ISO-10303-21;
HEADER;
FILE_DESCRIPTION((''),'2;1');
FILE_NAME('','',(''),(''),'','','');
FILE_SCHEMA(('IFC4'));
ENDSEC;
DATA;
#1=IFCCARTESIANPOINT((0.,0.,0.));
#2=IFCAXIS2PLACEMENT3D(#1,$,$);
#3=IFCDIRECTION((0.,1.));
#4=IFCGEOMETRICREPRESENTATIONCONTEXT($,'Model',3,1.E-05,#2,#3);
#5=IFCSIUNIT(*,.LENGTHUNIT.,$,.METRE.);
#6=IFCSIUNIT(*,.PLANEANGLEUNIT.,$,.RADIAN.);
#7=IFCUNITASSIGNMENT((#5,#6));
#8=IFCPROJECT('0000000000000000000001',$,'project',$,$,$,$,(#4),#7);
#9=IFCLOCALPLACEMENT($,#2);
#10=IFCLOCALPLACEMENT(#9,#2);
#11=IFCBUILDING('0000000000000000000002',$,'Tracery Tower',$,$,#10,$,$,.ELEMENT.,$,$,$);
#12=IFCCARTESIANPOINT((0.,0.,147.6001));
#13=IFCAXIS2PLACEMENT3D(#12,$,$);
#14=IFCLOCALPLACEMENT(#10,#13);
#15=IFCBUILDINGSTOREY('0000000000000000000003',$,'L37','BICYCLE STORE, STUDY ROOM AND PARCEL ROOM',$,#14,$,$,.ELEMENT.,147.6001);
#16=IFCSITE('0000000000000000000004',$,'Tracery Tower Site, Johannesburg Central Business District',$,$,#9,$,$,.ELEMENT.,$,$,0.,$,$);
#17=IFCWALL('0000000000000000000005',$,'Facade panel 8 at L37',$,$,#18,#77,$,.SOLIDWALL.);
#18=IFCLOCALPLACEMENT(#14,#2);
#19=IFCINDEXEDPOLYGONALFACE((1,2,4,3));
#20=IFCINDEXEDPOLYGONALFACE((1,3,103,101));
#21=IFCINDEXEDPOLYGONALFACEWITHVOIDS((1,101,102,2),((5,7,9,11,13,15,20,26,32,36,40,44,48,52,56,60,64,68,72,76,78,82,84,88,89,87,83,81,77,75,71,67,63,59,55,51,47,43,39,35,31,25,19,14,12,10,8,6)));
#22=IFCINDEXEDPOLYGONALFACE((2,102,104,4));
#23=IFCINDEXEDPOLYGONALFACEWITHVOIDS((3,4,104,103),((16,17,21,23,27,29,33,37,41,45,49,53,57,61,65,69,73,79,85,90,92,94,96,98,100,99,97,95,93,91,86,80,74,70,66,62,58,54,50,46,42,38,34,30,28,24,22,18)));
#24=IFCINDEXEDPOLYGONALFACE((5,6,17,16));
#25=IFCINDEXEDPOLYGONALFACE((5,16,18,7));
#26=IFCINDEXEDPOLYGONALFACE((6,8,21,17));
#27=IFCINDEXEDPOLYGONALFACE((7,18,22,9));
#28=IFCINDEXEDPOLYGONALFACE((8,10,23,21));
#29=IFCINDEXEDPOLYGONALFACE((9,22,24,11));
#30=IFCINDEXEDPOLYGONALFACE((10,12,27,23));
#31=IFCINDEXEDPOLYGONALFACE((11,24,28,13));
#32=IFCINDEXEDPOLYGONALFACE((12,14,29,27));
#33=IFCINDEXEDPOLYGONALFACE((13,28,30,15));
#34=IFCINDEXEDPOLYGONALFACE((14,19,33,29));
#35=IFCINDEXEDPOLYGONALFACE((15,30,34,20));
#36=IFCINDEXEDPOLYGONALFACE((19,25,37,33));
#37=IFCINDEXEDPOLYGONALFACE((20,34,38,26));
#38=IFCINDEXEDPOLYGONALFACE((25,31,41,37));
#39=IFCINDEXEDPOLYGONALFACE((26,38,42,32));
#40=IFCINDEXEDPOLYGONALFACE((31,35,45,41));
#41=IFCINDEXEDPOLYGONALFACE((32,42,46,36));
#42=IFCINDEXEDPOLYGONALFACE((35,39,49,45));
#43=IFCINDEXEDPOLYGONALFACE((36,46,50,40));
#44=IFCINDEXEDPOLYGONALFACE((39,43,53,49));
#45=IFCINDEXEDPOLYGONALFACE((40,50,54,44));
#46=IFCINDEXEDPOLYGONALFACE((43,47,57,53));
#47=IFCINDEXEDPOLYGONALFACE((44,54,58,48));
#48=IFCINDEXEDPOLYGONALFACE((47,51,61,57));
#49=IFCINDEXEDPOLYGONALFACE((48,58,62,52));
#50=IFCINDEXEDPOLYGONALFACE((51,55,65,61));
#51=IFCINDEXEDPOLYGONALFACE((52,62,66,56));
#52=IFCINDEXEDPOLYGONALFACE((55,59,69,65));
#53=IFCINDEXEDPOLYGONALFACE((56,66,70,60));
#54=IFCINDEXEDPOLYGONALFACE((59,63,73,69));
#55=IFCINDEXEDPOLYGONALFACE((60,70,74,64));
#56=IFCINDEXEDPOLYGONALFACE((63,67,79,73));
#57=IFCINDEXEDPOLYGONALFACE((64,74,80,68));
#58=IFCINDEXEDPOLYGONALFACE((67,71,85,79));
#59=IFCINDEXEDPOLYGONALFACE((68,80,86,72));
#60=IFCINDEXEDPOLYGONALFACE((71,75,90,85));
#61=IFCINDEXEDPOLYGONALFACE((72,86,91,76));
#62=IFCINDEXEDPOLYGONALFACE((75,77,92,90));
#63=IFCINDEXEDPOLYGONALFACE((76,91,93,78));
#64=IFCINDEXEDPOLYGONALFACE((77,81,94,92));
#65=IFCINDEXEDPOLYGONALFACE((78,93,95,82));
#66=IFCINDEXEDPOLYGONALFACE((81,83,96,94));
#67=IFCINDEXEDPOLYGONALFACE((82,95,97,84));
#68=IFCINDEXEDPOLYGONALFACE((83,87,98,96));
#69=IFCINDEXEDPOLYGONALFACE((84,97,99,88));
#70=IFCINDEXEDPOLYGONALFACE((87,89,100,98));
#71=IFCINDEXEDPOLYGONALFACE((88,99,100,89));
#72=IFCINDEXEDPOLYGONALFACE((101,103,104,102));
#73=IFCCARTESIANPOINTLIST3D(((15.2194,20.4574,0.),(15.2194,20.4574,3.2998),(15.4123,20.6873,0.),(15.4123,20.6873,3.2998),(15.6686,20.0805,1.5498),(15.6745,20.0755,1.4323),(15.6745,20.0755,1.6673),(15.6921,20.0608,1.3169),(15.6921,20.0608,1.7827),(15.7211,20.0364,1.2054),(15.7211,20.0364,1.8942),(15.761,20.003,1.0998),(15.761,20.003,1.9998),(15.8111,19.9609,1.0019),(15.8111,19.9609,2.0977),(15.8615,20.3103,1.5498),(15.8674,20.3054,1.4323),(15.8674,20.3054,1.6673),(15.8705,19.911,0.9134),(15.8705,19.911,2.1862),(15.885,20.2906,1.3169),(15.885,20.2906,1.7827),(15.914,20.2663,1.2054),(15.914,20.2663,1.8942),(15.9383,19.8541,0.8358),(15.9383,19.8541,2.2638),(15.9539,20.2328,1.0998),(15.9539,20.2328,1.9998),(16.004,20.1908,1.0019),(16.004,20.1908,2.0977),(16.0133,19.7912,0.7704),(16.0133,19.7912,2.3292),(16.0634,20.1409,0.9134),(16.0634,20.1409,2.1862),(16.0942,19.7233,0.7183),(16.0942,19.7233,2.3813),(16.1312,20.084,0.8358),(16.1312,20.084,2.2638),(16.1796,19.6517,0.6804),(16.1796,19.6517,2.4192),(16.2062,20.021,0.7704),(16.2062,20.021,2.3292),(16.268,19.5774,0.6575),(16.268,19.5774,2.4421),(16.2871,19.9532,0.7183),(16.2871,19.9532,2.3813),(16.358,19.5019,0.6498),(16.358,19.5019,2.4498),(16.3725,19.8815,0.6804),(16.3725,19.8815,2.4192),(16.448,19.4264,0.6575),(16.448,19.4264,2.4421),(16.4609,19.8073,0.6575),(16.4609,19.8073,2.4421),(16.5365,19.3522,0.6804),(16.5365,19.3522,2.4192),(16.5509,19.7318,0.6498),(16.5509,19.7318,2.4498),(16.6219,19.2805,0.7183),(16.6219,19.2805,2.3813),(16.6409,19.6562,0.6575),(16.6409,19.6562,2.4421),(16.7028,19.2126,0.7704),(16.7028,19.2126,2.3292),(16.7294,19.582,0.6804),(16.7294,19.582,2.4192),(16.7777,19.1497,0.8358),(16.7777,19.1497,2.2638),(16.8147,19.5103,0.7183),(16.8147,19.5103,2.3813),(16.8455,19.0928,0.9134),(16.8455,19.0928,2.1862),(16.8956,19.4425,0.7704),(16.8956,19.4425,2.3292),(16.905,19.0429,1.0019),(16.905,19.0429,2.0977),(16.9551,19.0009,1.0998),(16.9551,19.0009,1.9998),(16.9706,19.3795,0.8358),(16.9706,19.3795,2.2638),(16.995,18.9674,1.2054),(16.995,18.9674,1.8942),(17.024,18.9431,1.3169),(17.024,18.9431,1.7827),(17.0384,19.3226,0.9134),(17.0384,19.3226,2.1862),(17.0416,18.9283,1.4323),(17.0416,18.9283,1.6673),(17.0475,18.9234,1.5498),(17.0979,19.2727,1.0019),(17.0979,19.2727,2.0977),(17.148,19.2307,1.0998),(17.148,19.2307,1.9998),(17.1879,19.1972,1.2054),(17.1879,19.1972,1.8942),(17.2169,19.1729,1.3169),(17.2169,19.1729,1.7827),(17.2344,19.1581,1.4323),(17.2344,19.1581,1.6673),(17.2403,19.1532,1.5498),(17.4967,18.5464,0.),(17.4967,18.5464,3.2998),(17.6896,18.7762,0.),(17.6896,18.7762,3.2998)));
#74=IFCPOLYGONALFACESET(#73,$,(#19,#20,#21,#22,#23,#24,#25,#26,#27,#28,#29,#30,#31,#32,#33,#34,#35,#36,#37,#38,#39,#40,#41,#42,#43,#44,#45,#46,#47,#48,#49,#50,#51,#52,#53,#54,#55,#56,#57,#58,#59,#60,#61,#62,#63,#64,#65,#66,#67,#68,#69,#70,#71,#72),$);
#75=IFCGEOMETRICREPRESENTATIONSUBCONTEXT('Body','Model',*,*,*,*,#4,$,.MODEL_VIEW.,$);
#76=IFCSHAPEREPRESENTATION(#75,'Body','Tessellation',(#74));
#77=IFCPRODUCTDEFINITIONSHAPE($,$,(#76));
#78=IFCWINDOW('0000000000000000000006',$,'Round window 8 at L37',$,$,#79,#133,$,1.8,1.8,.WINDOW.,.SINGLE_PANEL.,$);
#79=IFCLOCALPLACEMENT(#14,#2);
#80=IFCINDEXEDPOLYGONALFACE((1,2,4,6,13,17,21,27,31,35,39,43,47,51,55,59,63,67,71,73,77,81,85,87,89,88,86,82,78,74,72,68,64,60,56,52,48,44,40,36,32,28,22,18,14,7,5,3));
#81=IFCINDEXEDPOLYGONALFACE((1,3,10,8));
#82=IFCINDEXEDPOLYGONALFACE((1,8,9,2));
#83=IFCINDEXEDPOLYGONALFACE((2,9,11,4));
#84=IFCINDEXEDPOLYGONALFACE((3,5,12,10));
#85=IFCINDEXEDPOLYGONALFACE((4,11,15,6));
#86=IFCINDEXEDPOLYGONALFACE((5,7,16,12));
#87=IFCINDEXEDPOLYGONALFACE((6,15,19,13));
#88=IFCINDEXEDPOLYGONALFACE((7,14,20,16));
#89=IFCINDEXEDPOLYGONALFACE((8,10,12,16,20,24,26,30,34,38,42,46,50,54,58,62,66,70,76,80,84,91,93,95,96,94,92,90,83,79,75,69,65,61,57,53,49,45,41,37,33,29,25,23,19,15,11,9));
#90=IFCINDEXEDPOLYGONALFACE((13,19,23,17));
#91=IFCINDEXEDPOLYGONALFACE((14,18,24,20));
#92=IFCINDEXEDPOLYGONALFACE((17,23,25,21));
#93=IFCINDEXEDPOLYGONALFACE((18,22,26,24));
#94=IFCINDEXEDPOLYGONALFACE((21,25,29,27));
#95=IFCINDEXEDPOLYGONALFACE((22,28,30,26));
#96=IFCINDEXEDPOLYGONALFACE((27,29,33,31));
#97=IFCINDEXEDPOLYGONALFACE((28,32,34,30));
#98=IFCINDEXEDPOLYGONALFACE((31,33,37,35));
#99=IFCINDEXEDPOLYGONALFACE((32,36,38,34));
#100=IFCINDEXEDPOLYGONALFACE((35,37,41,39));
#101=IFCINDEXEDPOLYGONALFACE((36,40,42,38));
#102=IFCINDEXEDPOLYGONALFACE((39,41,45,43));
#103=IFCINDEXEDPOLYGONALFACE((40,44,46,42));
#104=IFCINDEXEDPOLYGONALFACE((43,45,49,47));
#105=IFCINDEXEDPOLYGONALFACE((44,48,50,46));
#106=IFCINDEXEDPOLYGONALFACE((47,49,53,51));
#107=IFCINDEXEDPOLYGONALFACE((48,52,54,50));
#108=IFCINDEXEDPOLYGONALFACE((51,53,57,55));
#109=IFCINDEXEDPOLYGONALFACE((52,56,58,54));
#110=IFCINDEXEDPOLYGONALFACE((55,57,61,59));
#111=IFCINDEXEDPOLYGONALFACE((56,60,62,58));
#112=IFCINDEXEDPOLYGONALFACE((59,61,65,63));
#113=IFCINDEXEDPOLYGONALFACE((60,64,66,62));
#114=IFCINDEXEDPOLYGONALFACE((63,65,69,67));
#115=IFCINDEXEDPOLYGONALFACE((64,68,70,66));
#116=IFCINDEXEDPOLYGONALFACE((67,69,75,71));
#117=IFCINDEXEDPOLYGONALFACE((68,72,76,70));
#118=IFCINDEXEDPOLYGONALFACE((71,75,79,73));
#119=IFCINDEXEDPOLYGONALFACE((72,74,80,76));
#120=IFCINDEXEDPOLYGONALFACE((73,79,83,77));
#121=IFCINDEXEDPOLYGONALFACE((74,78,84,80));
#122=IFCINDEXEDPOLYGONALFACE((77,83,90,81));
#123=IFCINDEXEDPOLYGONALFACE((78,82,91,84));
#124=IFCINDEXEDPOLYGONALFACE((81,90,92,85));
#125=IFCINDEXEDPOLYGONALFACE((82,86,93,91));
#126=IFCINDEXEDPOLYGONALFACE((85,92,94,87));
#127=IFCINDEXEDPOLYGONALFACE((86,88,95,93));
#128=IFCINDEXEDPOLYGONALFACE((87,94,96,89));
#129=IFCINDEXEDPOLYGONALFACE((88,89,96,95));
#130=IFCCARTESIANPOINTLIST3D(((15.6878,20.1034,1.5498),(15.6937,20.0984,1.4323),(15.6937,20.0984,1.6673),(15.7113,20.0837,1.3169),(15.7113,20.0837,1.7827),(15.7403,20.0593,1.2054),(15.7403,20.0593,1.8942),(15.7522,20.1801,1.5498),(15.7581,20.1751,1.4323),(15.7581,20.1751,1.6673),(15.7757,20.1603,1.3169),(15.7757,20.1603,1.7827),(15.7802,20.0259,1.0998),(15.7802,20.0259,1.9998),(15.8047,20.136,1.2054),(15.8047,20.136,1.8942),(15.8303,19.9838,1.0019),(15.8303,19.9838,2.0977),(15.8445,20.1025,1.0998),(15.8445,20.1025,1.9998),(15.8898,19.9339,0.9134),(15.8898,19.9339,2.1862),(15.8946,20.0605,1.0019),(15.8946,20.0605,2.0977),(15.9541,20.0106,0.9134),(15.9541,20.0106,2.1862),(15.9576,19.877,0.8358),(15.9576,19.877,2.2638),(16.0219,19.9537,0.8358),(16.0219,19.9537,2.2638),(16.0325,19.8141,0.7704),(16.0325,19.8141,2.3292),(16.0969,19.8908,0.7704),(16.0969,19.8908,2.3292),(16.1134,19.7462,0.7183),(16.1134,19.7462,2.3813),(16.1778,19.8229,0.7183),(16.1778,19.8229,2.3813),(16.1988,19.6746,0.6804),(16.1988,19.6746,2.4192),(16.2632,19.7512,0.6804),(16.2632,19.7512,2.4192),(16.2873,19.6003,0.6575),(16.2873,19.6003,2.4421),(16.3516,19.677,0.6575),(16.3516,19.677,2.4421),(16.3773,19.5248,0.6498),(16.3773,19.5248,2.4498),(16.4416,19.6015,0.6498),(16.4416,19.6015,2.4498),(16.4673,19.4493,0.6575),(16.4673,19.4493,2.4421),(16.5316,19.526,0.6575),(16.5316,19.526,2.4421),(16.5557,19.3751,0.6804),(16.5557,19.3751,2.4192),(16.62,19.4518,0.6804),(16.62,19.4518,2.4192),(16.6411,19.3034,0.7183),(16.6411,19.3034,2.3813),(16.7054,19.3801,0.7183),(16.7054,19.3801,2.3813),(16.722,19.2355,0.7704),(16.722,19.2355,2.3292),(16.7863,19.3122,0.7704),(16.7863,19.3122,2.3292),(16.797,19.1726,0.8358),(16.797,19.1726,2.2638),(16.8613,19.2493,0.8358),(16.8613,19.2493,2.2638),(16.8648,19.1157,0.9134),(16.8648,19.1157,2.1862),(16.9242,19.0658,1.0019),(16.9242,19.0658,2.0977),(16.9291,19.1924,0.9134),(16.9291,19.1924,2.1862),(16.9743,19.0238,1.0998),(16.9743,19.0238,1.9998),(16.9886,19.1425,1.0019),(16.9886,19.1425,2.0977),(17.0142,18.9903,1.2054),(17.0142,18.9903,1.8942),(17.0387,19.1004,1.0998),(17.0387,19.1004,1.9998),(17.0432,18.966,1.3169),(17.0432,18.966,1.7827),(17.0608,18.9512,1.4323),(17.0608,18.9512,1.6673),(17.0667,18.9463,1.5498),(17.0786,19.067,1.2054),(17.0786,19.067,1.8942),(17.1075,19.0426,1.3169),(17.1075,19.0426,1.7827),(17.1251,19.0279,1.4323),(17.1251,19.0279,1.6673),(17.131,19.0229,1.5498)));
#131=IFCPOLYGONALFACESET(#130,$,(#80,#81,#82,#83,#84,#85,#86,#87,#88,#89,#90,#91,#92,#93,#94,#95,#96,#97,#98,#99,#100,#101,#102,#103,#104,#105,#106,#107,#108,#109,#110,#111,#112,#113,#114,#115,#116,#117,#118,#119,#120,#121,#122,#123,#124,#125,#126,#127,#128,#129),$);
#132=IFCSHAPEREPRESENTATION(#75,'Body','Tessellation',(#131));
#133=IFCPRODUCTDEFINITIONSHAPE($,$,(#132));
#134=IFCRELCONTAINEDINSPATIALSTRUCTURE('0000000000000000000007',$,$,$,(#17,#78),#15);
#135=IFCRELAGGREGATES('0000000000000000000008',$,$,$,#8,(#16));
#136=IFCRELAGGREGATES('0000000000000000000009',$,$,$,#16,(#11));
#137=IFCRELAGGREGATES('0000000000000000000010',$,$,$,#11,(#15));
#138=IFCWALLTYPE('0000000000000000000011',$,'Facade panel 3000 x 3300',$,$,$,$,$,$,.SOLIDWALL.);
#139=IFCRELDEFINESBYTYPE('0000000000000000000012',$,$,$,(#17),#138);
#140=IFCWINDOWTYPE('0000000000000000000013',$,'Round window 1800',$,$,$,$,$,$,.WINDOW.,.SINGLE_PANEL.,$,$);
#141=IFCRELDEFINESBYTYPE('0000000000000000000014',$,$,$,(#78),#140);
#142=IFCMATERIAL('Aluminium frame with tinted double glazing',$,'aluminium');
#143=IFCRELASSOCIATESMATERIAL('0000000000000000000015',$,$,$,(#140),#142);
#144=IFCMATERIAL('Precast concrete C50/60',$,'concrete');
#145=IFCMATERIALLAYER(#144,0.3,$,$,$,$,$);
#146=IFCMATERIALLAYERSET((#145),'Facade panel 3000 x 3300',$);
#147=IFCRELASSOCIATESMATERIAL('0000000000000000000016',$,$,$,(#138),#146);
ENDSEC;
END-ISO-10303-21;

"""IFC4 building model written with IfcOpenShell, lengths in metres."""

from ifc_helpers import new_model, si_unit, direction, frame, frame_2d, origin, origin_2d, place, context, subcontext, project, spatial, rectangle, circle, extrude, material, layer, layer_set, type_object, element, fill, save


model = new_model("IFC4")

# Units and contexts
model_context = context("Model", 3, precision=1e-05, world=origin(), true_north=direction((0.0, 1.0)))
body_context = subcontext(model_context, "Body", "Model", "MODEL_VIEW")
ifc_project = project(units=[si_unit("LENGTHUNIT", "METRE"), si_unit("PLANEANGLEUNIT", "RADIAN")], contexts=[model_context])

# Site, building, storey
site_placement = place(None, origin())
site = spatial("IfcSite", under=ifc_project, at=site_placement, Name="Tracery Tower Site, Johannesburg Central Business District", CompositionType="ELEMENT", RefElevation=0.0)
building_placement = place(site_placement, origin())
building = spatial("IfcBuilding", under=site, at=building_placement, Name="Tracery Tower", CompositionType="ELEMENT")
storey_placement = place(building_placement, frame((0.0, 0.0, 147.6001)))
storey = spatial("IfcBuildingStorey", under=building, at=storey_placement, Name="L37", Description="BICYCLE STORE, STUDY ROOM AND PARCEL ROOM", CompositionType="ELEMENT", Elevation=147.6001)

# Wall, opening, window
ifc_material_1 = material(Name="Aluminium frame with tinted double glazing", Category="aluminium")
window_type = type_object("IfcWindowType", Name="Round window 1800", PartitioningType="SINGLE_PANEL", PredefinedType="WINDOW", material=ifc_material_1)
ifc_material_2 = material(Name="Precast concrete C50/60", Category="concrete")
ifc_layer_1 = layer(ifc_material_2, 0.3)
ifc_layer_set_1 = layer_set([ifc_layer_1], Name="Facade panel 3000 x 3300")
wall_type_1 = type_object("IfcWallType", Name="Facade panel 3000 x 3300", PredefinedType="SOLIDWALL", material=ifc_layer_set_1)
wall_1_placement = place(storey_placement, frame((17.593, 18.6614, 0.0), z_axis=(0.0, 0.0, 1.0), x_axis=(-0.766009, 0.64283, 0.0)))
wall_1 = element("IfcWall", 1, at=wall_1_placement, inside=storey, type_object=wall_type_1, Name="Facade panel 8 at L37", PredefinedType="SOLIDWALL", context=body_context, shape_type="SweptSolid", body=[
    extrude(rectangle(XDim=2.9729, YDim=0.3, at=frame_2d((1.4863, 0.0))), origin(), (0.0, 0.0, 1.0), 3.2998),
])
opening_1_placement = place(wall_1_placement, frame((1.4863, 0.0, 1.5498)))
opening_1 = element("IfcOpeningElement", 2, at=opening_1_placement, cuts=wall_1, PredefinedType="OPENING", context=body_context, shape_type="SweptSolid", body=[
    extrude(circle(Radius=0.9, at=origin_2d()), frame((0.0, 0.1599, 0.0), z_axis=(0.0, -1.0, 0.0), x_axis=(1.0, 0.0, 0.0)), (0.0, 0.0, 1.0), 0.3201),
])
window_1_placement = place(opening_1_placement, origin())
window_1 = element("IfcWindow", 3, at=window_1_placement, inside=storey, type_object=window_type, Name="Round window 8 at L37", OverallHeight=1.8, OverallWidth=1.8, PartitioningType="SINGLE_PANEL", PredefinedType="WINDOW", context=body_context, shape_type="SweptSolid", body=[
    extrude(circle(Radius=0.9, at=origin_2d()), frame((0.0, 0.1201, 0.0), z_axis=(0.0, -1.0, 0.0), x_axis=(1.0, 0.0, 0.0)), (0.0, 0.0, 1.0), 0.1001),
])
fill(opening_1, window_1)

save(model, "model.ifc")
